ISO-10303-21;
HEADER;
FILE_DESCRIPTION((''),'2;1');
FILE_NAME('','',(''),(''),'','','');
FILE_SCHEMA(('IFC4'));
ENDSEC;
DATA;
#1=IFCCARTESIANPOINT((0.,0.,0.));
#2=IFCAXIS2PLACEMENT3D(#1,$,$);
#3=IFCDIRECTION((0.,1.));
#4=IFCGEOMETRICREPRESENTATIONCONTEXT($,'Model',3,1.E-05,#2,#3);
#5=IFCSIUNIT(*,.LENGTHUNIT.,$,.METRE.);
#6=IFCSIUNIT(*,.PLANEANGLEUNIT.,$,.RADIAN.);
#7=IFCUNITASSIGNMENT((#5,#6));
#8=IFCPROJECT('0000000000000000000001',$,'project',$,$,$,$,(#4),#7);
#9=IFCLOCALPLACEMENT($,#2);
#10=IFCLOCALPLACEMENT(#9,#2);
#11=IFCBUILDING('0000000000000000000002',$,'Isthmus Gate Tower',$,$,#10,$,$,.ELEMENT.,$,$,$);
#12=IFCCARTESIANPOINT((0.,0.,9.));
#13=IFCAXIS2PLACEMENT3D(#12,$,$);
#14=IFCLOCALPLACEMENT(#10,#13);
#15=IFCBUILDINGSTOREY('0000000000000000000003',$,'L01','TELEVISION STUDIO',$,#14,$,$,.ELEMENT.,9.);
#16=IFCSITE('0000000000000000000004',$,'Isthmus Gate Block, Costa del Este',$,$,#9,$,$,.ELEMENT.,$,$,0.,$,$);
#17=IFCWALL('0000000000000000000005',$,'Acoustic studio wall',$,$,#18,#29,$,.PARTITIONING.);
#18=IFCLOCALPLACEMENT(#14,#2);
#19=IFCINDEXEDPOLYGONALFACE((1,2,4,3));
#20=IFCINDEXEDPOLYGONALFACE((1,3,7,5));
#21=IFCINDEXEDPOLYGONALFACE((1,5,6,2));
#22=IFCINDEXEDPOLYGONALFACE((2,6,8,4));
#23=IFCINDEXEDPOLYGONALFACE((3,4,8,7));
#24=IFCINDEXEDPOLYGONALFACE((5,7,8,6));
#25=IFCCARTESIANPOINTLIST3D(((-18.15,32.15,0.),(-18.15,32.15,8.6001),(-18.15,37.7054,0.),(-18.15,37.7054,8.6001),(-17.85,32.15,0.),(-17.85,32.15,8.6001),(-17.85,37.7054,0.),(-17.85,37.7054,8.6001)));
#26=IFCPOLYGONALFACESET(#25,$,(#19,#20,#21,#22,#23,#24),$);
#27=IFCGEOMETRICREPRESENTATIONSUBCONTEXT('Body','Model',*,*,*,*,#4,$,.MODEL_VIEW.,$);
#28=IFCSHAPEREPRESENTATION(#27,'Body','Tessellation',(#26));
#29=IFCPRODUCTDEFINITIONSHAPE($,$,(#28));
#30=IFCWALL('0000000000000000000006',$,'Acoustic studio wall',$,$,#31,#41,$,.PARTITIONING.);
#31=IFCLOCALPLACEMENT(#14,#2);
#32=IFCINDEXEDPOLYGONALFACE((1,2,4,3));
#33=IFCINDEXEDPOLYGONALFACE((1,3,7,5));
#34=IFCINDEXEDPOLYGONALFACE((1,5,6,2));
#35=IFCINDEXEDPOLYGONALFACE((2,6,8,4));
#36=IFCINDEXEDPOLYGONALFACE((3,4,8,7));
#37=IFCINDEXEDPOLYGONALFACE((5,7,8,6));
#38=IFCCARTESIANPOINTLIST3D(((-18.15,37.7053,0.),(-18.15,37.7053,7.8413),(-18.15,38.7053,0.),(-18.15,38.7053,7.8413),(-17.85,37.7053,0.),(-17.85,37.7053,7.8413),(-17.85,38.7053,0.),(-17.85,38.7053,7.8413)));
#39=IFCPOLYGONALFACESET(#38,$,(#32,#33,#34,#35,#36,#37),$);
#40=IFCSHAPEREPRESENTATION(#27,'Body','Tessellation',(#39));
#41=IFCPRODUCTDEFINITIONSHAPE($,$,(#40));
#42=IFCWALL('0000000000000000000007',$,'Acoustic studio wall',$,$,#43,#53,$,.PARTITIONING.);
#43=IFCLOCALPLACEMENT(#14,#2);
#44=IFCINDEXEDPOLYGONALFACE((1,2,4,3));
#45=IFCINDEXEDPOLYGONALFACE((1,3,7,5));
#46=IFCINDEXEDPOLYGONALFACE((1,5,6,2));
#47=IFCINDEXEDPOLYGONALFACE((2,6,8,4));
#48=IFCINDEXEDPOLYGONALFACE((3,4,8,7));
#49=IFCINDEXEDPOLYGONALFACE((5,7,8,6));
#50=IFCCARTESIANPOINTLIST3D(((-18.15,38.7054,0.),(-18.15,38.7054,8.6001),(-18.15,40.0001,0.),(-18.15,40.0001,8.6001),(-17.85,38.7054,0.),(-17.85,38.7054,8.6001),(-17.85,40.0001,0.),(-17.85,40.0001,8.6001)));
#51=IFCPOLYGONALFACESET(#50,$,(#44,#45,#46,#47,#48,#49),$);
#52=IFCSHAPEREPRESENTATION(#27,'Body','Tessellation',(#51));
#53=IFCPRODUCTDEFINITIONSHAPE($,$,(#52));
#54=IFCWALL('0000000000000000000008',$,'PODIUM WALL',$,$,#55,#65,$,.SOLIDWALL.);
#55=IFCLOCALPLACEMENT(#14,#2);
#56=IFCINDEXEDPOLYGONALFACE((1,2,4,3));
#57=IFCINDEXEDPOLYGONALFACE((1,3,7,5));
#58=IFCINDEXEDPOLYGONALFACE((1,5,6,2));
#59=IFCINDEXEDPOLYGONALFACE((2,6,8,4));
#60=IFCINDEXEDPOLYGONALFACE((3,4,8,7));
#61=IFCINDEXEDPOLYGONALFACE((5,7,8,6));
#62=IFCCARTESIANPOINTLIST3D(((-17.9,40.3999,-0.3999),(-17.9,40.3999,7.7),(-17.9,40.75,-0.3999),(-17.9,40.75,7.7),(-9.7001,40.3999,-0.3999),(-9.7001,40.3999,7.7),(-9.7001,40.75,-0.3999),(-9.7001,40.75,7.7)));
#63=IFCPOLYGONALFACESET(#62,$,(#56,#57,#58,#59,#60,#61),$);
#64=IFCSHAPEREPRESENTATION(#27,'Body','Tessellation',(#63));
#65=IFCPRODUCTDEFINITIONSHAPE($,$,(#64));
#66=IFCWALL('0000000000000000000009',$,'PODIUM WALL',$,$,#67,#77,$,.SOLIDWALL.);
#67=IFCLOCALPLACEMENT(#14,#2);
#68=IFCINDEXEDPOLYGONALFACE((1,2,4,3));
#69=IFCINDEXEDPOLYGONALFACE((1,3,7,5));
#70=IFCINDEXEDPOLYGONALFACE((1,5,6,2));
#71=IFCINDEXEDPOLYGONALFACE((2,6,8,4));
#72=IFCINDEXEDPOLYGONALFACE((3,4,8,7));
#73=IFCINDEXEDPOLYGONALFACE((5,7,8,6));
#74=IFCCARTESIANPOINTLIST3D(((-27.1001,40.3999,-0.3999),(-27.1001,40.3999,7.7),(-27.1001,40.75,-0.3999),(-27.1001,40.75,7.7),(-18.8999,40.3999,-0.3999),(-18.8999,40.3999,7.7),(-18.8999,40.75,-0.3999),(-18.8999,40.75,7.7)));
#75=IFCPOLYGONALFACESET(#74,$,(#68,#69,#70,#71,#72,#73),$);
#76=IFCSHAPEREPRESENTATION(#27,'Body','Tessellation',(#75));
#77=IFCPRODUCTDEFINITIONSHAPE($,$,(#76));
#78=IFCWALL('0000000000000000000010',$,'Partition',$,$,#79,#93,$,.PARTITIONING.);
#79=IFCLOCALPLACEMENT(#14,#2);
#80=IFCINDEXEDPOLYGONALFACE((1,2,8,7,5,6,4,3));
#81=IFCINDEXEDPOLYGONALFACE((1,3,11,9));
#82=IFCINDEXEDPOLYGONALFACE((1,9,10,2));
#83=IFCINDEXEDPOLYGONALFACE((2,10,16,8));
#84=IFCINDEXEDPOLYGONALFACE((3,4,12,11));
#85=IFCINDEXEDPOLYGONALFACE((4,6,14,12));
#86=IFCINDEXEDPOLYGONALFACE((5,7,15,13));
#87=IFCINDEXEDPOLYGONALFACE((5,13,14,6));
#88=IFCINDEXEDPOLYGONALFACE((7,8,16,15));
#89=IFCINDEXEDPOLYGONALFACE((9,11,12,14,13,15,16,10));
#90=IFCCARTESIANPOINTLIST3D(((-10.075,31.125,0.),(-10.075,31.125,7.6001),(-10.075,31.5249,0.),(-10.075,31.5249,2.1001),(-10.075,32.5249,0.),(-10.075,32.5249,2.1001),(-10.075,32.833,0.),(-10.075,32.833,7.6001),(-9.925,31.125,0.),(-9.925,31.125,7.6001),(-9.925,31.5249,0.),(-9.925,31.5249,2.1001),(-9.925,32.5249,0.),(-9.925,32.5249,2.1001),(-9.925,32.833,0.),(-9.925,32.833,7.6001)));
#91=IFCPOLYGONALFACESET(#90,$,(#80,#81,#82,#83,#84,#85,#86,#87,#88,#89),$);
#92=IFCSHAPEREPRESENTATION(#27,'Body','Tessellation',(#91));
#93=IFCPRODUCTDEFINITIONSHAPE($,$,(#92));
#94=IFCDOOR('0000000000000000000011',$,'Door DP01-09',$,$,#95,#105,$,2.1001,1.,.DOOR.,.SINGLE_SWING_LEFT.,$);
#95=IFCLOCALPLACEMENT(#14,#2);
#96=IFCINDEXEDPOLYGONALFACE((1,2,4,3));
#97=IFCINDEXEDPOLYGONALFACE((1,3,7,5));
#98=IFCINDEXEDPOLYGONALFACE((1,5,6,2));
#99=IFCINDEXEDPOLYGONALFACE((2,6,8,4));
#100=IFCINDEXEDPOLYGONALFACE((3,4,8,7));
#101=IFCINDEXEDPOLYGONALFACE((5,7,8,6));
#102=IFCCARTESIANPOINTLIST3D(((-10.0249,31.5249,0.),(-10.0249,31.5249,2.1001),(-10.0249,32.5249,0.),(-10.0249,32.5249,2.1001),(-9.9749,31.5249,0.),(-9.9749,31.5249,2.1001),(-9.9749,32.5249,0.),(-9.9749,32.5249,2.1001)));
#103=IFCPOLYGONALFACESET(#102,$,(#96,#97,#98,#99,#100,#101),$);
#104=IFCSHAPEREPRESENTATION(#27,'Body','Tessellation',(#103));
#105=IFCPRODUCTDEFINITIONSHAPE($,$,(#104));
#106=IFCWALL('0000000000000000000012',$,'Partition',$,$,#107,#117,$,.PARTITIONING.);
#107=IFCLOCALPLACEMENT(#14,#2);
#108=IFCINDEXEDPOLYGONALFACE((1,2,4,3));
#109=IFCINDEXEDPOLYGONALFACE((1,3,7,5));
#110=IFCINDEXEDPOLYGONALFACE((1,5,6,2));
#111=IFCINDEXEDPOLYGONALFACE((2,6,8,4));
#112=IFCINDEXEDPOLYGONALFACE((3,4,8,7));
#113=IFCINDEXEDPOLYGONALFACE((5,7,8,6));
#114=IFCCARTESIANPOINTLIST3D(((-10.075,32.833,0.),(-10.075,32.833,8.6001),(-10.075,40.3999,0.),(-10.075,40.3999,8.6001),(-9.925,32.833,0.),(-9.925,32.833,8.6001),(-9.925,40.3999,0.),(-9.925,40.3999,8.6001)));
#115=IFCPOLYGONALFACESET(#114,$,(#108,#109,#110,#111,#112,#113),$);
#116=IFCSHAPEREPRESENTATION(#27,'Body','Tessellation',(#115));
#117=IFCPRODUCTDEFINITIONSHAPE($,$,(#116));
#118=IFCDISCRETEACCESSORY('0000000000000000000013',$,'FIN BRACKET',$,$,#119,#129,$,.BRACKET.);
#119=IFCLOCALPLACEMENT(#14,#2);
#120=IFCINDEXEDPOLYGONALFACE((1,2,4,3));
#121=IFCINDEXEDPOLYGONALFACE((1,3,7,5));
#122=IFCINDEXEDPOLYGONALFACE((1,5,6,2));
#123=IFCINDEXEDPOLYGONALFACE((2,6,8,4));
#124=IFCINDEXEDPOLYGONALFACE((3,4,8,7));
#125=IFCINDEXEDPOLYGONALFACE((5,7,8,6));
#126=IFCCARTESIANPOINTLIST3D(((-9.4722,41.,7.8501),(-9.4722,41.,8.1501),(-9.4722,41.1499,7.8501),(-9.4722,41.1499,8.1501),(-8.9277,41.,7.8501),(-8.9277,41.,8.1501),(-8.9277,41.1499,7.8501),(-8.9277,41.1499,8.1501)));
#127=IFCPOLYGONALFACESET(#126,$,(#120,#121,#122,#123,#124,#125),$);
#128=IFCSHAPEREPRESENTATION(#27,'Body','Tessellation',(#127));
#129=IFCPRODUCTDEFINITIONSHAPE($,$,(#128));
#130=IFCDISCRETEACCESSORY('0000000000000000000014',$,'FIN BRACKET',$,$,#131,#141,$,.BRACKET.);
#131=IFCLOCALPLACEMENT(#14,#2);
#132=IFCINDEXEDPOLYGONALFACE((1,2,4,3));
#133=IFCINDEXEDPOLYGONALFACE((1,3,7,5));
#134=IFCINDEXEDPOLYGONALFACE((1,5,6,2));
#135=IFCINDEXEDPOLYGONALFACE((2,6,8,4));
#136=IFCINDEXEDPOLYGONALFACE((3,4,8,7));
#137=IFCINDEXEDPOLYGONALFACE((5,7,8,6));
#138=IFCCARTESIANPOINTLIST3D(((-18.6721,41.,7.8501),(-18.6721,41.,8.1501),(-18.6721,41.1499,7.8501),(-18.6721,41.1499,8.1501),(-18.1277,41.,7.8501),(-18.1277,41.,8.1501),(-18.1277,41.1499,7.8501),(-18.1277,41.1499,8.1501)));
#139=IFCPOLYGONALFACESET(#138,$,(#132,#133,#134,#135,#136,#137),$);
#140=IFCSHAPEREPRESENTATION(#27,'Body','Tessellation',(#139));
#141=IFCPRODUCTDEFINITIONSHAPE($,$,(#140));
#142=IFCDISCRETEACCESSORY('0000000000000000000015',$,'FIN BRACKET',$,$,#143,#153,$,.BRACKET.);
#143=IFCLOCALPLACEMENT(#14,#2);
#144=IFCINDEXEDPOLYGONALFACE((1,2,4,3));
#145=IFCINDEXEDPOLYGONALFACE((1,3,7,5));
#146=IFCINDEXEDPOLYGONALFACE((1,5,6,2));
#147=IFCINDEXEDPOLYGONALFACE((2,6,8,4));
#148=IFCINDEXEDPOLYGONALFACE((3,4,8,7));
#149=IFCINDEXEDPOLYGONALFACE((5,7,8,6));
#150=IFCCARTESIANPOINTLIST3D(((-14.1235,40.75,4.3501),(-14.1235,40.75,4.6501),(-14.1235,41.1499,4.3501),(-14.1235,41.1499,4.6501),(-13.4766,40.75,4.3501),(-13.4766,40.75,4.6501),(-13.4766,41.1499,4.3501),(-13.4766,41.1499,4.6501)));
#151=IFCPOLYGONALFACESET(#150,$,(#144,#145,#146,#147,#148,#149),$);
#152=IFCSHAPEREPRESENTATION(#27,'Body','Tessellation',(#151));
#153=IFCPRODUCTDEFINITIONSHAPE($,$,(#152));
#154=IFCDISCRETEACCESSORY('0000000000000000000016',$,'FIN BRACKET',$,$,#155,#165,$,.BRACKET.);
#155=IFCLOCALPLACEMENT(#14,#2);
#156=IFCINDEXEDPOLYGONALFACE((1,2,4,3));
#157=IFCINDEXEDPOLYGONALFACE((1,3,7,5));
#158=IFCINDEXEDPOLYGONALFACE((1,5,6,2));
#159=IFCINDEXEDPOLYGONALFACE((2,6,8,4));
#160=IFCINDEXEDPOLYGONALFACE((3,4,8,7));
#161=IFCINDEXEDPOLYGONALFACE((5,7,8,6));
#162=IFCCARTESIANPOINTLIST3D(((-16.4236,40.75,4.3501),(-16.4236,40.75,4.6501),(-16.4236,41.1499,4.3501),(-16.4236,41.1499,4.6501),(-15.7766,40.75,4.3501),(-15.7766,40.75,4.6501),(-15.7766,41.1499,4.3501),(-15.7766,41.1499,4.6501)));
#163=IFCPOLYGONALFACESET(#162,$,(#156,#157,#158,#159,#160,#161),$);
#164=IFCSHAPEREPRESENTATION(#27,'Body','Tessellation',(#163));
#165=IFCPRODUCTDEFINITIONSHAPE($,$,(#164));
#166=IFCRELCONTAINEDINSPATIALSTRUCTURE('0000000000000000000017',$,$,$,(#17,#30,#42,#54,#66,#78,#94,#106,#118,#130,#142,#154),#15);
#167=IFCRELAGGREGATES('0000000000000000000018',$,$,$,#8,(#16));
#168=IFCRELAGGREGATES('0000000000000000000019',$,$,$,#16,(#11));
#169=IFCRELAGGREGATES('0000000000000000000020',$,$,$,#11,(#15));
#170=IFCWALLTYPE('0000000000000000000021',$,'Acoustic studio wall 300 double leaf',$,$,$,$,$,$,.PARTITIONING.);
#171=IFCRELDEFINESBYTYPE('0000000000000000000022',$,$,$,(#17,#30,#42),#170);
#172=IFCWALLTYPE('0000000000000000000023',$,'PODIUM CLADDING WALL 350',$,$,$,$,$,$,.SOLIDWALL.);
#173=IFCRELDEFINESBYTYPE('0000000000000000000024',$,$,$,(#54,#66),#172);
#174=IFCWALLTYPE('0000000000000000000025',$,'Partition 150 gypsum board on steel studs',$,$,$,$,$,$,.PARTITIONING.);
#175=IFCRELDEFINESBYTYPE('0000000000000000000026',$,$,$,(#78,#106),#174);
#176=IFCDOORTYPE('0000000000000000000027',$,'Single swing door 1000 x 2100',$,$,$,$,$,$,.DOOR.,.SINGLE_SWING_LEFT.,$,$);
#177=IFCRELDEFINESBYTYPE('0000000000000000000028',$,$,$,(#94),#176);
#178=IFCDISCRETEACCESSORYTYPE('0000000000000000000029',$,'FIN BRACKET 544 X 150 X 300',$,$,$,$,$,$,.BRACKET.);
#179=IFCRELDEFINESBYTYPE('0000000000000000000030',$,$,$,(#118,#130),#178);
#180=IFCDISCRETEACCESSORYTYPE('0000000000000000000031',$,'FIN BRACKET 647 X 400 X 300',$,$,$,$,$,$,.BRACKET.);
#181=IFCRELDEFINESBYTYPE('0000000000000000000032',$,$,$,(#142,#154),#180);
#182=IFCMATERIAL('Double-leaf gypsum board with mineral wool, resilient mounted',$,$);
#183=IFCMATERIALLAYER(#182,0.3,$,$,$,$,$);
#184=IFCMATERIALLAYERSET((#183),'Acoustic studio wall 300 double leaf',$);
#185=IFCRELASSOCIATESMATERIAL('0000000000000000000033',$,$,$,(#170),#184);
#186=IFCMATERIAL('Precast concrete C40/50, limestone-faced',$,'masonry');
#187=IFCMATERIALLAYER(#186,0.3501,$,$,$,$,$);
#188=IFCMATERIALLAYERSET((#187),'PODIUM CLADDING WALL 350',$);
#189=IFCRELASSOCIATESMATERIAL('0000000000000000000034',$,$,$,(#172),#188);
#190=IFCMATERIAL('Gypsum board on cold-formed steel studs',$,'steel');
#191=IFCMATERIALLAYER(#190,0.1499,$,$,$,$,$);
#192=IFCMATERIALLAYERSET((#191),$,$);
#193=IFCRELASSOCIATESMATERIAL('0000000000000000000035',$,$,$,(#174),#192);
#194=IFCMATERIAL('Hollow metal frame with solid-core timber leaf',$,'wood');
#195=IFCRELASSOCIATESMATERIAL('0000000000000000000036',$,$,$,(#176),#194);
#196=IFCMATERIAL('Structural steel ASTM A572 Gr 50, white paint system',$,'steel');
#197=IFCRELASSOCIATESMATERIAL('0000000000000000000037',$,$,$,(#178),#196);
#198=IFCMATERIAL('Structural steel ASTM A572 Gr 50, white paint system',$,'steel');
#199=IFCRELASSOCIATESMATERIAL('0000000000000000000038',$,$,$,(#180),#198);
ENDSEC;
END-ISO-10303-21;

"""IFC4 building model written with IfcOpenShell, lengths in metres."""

from ifc_helpers import new_model, si_unit, direction, frame, frame_2d, origin, origin_2d, place, context, subcontext, project, spatial, rectangle, extrude, material, layer, layer_set, type_object, element, fill, save


model = new_model("IFC4")

# Units and contexts
model_context = context("Model", 3, precision=1e-05, world=origin(), true_north=direction((0.0, 1.0)))
body_context = subcontext(model_context, "Body", "Model", "MODEL_VIEW")
ifc_project = project(units=[si_unit("LENGTHUNIT", "METRE"), si_unit("PLANEANGLEUNIT", "RADIAN")], contexts=[model_context])

# Site, building, storey
site_placement = place(None, origin())
site = spatial("IfcSite", under=ifc_project, at=site_placement, Name="Isthmus Gate Block, Costa del Este", CompositionType="ELEMENT", RefElevation=0.0)
building_placement = place(site_placement, origin())
building = spatial("IfcBuilding", under=site, at=building_placement, Name="Isthmus Gate Tower", CompositionType="ELEMENT")
storey_placement = place(building_placement, frame((0.0, 0.0, 9.0)))
storey = spatial("IfcBuildingStorey", under=building, at=storey_placement, Name="L01", Description="TELEVISION STUDIO", CompositionType="ELEMENT", Elevation=9.0)

# Walls
ifc_material_1 = material(Name="Double-leaf gypsum board with mineral wool, resilient mounted")
ifc_layer_1 = layer(ifc_material_1, 0.3)
ifc_layer_set_1 = layer_set([ifc_layer_1], Name="Acoustic studio wall 300 double leaf")
wall_type_1 = type_object("IfcWallType", Name="Acoustic studio wall 300 double leaf", PredefinedType="PARTITIONING", material=ifc_layer_set_1)
wall_1_placement = place(storey_placement, frame((-18.0, 32.1499, 0.0), z_axis=(0.0, 0.0, 1.0), x_axis=(0.0, 1.0, 0.0)))
element("IfcWall", 1, at=wall_1_placement, inside=storey, type_object=wall_type_1, Name="Acoustic studio wall", PredefinedType="PARTITIONING", context=body_context, shape_type="SweptSolid", body=[
    extrude(rectangle(XDim=5.5554, YDim=0.3, at=frame_2d((2.7778, 0.0))), origin(), (0.0, 0.0, 1.0), 8.6001),
])
wall_2_placement = place(storey_placement, frame((-18.0, 37.7053, 0.0), z_axis=(0.0, 0.0, 1.0), x_axis=(0.0, 1.0, 0.0)))
element("IfcWall", 2, at=wall_2_placement, inside=storey, type_object=wall_type_1, Name="Acoustic studio wall", PredefinedType="PARTITIONING", context=body_context, shape_type="SweptSolid", body=[
    extrude(rectangle(XDim=1.0, YDim=0.3, at=frame_2d((0.5, 0.0))), origin(), (0.0, 0.0, 1.0), 7.8413),
])
wall_3_placement = place(storey_placement, frame((-18.0, 38.7053, 0.0), z_axis=(0.0, 0.0, 1.0), x_axis=(0.0, 1.0, 0.0)))
element("IfcWall", 3, at=wall_3_placement, inside=storey, type_object=wall_type_1, Name="Acoustic studio wall", PredefinedType="PARTITIONING", context=body_context, shape_type="SweptSolid", body=[
    extrude(rectangle(XDim=1.2947, YDim=0.3, at=frame_2d((0.6475, 0.0))), origin(), (0.0, 0.0, 1.0), 8.6001),
])
ifc_material_2 = material(Name="Precast concrete C40/50, limestone-faced", Category="masonry")
ifc_layer_2 = layer(ifc_material_2, 0.3501)
ifc_layer_set_2 = layer_set([ifc_layer_2], Name="PODIUM CLADDING WALL 350")
wall_type_2 = type_object("IfcWallType", Name="PODIUM CLADDING WALL 350", PredefinedType="SOLIDWALL", material=ifc_layer_set_2)
wall_4_placement = place(storey_placement, frame((-9.7, 40.575, -0.3999), z_axis=(0.0, 0.0, 1.0), x_axis=(-1.0, 0.0, 0.0)))
element("IfcWall", 4, at=wall_4_placement, inside=storey, type_object=wall_type_2, Name="PODIUM WALL", PredefinedType="SOLIDWALL", context=body_context, shape_type="SweptSolid", body=[
    extrude(rectangle(XDim=8.2, YDim=0.3501, at=frame_2d((4.1001, 0.0))), origin(), (0.0, 0.0, 1.0), 8.0999),
])
wall_5_placement = place(storey_placement, frame((-18.8999, 40.575, -0.3999), z_axis=(0.0, 0.0, 1.0), x_axis=(-1.0, 0.0, 0.0)))
element("IfcWall", 5, at=wall_5_placement, inside=storey, type_object=wall_type_2, Name="PODIUM WALL", PredefinedType="SOLIDWALL", context=body_context, shape_type="SweptSolid", body=[
    extrude(rectangle(XDim=8.2002, YDim=0.3501, at=frame_2d((4.1001, 0.0))), origin(), (0.0, 0.0, 1.0), 8.0999),
])

# Wall, opening, door
ifc_material_3 = material(Name="Gypsum board on cold-formed steel studs", Category="steel")
ifc_layer_3 = layer(ifc_material_3, 0.1499)
ifc_layer_set_3 = layer_set([ifc_layer_3])
wall_type_3 = type_object("IfcWallType", Name="Partition 150 gypsum board on steel studs", PredefinedType="PARTITIONING", material=ifc_layer_set_3)
wall_6_placement = place(storey_placement, frame((-10.0, 31.125, 0.0), z_axis=(0.0, 0.0, 1.0), x_axis=(0.0, 1.0, 0.0)))
wall_6 = element("IfcWall", 6, at=wall_6_placement, inside=storey, type_object=wall_type_3, Name="Partition", PredefinedType="PARTITIONING", context=body_context, shape_type="SweptSolid", body=[
    extrude(rectangle(XDim=1.708, YDim=0.1499, at=frame_2d((0.854, 0.0))), origin(), (0.0, 0.0, 1.0), 7.6001),
])
opening_placement = place(wall_6_placement, frame((0.3999, 0.0, 0.0)))
opening = element("IfcOpeningElement", 7, at=opening_placement, cuts=wall_6, PredefinedType="OPENING", context=body_context, shape_type="SweptSolid", body=[
    extrude(rectangle(XDim=1.0, YDim=2.1001, at=frame_2d((0.5, 1.05))), frame((0.0, 0.085, 0.0), z_axis=(0.0, -1.0, 0.0), x_axis=(1.0, 0.0, 0.0)), (0.0, 0.0, 1.0), 0.1699),
])
ifc_material_4 = material(Name="Hollow metal frame with solid-core timber leaf", Category="wood")
door_type = type_object("IfcDoorType", Name="Single swing door 1000 x 2100", OperationType="SINGLE_SWING_LEFT", PredefinedType="DOOR", material=ifc_material_4)
door_placement = place(opening_placement, origin())
door = element("IfcDoor", 8, at=door_placement, inside=storey, type_object=door_type, Name="Door DP01-09", OperationType="SINGLE_SWING_LEFT", OverallHeight=2.1001, OverallWidth=1.0, PredefinedType="DOOR", context=body_context, shape_type="SweptSolid", body=[
    extrude(rectangle(XDim=1.0, YDim=2.1001, at=frame_2d((0.5, 1.05))), frame((0.0, 0.0249, 0.0), z_axis=(0.0, -1.0, 0.0), x_axis=(1.0, 0.0, 0.0)), (0.0, 0.0, 1.0), 0.05),
])
fill(opening, door)

# Wall
wall_7_placement = place(storey_placement, frame((-10.0, 32.833, 0.0), z_axis=(0.0, 0.0, 1.0), x_axis=(0.0, 1.0, 0.0)))
element("IfcWall", 9, at=wall_7_placement, inside=storey, type_object=wall_type_3, Name="Partition", PredefinedType="PARTITIONING", context=body_context, shape_type="SweptSolid", body=[
    extrude(rectangle(XDim=7.5669, YDim=0.1499, at=frame_2d((3.7834, 0.0))), origin(), (0.0, 0.0, 1.0), 8.6001),
])

# Discrete accessories
ifc_material_5 = material(Name="Structural steel ASTM A572 Gr 50, white paint system", Category="steel")
discrete_accessory_type_1 = type_object("IfcDiscreteAccessoryType", Name="FIN BRACKET 544 X 150 X 300", PredefinedType="BRACKET", material=ifc_material_5)
for number, where, z_axis, x_axis, name in (
    (10, (-9.2, 41.075, 7.8501), (0.0, 0.0, 1.0), (0.0, 1.0, 0.0), "FIN BRACKET"),
    (11, (-18.3999, 41.075, 7.8501), (0.0, 0.0, 1.0), (0.0, 1.0, 0.0), "FIN BRACKET"),
):
    element("IfcDiscreteAccessory", number, at=place(storey_placement, frame(where, z_axis=z_axis, x_axis=x_axis)), inside=storey, type_object=discrete_accessory_type_1, Name=name, PredefinedType="BRACKET", context=body_context, shape_type="SweptSolid", body=[
        extrude(rectangle(XDim=0.1499, YDim=0.5444, at=origin_2d()), origin(), (0.0, 0.0, 1.0), 0.3),
    ])
ifc_material_6 = material(Name="Structural steel ASTM A572 Gr 50, white paint system", Category="steel")
discrete_accessory_type_2 = type_object("IfcDiscreteAccessoryType", Name="FIN BRACKET 647 X 400 X 300", PredefinedType="BRACKET", material=ifc_material_6)
for number, where, z_axis, x_axis, name in (
    (12, (-13.8, 40.95, 4.3501), (0.0, 0.0, 1.0), (0.0, 1.0, 0.0), "FIN BRACKET"),
    (13, (-16.1001, 40.95, 4.3501), (0.0, 0.0, 1.0), (0.0, 1.0, 0.0), "FIN BRACKET"),
):
    element("IfcDiscreteAccessory", number, at=place(storey_placement, frame(where, z_axis=z_axis, x_axis=x_axis)), inside=storey, type_object=discrete_accessory_type_2, Name=name, PredefinedType="BRACKET", context=body_context, shape_type="SweptSolid", body=[
        extrude(rectangle(XDim=0.3999, YDim=0.647, at=origin_2d()), origin(), (0.0, 0.0, 1.0), 0.3),
    ])

save(model, "model.ifc")
